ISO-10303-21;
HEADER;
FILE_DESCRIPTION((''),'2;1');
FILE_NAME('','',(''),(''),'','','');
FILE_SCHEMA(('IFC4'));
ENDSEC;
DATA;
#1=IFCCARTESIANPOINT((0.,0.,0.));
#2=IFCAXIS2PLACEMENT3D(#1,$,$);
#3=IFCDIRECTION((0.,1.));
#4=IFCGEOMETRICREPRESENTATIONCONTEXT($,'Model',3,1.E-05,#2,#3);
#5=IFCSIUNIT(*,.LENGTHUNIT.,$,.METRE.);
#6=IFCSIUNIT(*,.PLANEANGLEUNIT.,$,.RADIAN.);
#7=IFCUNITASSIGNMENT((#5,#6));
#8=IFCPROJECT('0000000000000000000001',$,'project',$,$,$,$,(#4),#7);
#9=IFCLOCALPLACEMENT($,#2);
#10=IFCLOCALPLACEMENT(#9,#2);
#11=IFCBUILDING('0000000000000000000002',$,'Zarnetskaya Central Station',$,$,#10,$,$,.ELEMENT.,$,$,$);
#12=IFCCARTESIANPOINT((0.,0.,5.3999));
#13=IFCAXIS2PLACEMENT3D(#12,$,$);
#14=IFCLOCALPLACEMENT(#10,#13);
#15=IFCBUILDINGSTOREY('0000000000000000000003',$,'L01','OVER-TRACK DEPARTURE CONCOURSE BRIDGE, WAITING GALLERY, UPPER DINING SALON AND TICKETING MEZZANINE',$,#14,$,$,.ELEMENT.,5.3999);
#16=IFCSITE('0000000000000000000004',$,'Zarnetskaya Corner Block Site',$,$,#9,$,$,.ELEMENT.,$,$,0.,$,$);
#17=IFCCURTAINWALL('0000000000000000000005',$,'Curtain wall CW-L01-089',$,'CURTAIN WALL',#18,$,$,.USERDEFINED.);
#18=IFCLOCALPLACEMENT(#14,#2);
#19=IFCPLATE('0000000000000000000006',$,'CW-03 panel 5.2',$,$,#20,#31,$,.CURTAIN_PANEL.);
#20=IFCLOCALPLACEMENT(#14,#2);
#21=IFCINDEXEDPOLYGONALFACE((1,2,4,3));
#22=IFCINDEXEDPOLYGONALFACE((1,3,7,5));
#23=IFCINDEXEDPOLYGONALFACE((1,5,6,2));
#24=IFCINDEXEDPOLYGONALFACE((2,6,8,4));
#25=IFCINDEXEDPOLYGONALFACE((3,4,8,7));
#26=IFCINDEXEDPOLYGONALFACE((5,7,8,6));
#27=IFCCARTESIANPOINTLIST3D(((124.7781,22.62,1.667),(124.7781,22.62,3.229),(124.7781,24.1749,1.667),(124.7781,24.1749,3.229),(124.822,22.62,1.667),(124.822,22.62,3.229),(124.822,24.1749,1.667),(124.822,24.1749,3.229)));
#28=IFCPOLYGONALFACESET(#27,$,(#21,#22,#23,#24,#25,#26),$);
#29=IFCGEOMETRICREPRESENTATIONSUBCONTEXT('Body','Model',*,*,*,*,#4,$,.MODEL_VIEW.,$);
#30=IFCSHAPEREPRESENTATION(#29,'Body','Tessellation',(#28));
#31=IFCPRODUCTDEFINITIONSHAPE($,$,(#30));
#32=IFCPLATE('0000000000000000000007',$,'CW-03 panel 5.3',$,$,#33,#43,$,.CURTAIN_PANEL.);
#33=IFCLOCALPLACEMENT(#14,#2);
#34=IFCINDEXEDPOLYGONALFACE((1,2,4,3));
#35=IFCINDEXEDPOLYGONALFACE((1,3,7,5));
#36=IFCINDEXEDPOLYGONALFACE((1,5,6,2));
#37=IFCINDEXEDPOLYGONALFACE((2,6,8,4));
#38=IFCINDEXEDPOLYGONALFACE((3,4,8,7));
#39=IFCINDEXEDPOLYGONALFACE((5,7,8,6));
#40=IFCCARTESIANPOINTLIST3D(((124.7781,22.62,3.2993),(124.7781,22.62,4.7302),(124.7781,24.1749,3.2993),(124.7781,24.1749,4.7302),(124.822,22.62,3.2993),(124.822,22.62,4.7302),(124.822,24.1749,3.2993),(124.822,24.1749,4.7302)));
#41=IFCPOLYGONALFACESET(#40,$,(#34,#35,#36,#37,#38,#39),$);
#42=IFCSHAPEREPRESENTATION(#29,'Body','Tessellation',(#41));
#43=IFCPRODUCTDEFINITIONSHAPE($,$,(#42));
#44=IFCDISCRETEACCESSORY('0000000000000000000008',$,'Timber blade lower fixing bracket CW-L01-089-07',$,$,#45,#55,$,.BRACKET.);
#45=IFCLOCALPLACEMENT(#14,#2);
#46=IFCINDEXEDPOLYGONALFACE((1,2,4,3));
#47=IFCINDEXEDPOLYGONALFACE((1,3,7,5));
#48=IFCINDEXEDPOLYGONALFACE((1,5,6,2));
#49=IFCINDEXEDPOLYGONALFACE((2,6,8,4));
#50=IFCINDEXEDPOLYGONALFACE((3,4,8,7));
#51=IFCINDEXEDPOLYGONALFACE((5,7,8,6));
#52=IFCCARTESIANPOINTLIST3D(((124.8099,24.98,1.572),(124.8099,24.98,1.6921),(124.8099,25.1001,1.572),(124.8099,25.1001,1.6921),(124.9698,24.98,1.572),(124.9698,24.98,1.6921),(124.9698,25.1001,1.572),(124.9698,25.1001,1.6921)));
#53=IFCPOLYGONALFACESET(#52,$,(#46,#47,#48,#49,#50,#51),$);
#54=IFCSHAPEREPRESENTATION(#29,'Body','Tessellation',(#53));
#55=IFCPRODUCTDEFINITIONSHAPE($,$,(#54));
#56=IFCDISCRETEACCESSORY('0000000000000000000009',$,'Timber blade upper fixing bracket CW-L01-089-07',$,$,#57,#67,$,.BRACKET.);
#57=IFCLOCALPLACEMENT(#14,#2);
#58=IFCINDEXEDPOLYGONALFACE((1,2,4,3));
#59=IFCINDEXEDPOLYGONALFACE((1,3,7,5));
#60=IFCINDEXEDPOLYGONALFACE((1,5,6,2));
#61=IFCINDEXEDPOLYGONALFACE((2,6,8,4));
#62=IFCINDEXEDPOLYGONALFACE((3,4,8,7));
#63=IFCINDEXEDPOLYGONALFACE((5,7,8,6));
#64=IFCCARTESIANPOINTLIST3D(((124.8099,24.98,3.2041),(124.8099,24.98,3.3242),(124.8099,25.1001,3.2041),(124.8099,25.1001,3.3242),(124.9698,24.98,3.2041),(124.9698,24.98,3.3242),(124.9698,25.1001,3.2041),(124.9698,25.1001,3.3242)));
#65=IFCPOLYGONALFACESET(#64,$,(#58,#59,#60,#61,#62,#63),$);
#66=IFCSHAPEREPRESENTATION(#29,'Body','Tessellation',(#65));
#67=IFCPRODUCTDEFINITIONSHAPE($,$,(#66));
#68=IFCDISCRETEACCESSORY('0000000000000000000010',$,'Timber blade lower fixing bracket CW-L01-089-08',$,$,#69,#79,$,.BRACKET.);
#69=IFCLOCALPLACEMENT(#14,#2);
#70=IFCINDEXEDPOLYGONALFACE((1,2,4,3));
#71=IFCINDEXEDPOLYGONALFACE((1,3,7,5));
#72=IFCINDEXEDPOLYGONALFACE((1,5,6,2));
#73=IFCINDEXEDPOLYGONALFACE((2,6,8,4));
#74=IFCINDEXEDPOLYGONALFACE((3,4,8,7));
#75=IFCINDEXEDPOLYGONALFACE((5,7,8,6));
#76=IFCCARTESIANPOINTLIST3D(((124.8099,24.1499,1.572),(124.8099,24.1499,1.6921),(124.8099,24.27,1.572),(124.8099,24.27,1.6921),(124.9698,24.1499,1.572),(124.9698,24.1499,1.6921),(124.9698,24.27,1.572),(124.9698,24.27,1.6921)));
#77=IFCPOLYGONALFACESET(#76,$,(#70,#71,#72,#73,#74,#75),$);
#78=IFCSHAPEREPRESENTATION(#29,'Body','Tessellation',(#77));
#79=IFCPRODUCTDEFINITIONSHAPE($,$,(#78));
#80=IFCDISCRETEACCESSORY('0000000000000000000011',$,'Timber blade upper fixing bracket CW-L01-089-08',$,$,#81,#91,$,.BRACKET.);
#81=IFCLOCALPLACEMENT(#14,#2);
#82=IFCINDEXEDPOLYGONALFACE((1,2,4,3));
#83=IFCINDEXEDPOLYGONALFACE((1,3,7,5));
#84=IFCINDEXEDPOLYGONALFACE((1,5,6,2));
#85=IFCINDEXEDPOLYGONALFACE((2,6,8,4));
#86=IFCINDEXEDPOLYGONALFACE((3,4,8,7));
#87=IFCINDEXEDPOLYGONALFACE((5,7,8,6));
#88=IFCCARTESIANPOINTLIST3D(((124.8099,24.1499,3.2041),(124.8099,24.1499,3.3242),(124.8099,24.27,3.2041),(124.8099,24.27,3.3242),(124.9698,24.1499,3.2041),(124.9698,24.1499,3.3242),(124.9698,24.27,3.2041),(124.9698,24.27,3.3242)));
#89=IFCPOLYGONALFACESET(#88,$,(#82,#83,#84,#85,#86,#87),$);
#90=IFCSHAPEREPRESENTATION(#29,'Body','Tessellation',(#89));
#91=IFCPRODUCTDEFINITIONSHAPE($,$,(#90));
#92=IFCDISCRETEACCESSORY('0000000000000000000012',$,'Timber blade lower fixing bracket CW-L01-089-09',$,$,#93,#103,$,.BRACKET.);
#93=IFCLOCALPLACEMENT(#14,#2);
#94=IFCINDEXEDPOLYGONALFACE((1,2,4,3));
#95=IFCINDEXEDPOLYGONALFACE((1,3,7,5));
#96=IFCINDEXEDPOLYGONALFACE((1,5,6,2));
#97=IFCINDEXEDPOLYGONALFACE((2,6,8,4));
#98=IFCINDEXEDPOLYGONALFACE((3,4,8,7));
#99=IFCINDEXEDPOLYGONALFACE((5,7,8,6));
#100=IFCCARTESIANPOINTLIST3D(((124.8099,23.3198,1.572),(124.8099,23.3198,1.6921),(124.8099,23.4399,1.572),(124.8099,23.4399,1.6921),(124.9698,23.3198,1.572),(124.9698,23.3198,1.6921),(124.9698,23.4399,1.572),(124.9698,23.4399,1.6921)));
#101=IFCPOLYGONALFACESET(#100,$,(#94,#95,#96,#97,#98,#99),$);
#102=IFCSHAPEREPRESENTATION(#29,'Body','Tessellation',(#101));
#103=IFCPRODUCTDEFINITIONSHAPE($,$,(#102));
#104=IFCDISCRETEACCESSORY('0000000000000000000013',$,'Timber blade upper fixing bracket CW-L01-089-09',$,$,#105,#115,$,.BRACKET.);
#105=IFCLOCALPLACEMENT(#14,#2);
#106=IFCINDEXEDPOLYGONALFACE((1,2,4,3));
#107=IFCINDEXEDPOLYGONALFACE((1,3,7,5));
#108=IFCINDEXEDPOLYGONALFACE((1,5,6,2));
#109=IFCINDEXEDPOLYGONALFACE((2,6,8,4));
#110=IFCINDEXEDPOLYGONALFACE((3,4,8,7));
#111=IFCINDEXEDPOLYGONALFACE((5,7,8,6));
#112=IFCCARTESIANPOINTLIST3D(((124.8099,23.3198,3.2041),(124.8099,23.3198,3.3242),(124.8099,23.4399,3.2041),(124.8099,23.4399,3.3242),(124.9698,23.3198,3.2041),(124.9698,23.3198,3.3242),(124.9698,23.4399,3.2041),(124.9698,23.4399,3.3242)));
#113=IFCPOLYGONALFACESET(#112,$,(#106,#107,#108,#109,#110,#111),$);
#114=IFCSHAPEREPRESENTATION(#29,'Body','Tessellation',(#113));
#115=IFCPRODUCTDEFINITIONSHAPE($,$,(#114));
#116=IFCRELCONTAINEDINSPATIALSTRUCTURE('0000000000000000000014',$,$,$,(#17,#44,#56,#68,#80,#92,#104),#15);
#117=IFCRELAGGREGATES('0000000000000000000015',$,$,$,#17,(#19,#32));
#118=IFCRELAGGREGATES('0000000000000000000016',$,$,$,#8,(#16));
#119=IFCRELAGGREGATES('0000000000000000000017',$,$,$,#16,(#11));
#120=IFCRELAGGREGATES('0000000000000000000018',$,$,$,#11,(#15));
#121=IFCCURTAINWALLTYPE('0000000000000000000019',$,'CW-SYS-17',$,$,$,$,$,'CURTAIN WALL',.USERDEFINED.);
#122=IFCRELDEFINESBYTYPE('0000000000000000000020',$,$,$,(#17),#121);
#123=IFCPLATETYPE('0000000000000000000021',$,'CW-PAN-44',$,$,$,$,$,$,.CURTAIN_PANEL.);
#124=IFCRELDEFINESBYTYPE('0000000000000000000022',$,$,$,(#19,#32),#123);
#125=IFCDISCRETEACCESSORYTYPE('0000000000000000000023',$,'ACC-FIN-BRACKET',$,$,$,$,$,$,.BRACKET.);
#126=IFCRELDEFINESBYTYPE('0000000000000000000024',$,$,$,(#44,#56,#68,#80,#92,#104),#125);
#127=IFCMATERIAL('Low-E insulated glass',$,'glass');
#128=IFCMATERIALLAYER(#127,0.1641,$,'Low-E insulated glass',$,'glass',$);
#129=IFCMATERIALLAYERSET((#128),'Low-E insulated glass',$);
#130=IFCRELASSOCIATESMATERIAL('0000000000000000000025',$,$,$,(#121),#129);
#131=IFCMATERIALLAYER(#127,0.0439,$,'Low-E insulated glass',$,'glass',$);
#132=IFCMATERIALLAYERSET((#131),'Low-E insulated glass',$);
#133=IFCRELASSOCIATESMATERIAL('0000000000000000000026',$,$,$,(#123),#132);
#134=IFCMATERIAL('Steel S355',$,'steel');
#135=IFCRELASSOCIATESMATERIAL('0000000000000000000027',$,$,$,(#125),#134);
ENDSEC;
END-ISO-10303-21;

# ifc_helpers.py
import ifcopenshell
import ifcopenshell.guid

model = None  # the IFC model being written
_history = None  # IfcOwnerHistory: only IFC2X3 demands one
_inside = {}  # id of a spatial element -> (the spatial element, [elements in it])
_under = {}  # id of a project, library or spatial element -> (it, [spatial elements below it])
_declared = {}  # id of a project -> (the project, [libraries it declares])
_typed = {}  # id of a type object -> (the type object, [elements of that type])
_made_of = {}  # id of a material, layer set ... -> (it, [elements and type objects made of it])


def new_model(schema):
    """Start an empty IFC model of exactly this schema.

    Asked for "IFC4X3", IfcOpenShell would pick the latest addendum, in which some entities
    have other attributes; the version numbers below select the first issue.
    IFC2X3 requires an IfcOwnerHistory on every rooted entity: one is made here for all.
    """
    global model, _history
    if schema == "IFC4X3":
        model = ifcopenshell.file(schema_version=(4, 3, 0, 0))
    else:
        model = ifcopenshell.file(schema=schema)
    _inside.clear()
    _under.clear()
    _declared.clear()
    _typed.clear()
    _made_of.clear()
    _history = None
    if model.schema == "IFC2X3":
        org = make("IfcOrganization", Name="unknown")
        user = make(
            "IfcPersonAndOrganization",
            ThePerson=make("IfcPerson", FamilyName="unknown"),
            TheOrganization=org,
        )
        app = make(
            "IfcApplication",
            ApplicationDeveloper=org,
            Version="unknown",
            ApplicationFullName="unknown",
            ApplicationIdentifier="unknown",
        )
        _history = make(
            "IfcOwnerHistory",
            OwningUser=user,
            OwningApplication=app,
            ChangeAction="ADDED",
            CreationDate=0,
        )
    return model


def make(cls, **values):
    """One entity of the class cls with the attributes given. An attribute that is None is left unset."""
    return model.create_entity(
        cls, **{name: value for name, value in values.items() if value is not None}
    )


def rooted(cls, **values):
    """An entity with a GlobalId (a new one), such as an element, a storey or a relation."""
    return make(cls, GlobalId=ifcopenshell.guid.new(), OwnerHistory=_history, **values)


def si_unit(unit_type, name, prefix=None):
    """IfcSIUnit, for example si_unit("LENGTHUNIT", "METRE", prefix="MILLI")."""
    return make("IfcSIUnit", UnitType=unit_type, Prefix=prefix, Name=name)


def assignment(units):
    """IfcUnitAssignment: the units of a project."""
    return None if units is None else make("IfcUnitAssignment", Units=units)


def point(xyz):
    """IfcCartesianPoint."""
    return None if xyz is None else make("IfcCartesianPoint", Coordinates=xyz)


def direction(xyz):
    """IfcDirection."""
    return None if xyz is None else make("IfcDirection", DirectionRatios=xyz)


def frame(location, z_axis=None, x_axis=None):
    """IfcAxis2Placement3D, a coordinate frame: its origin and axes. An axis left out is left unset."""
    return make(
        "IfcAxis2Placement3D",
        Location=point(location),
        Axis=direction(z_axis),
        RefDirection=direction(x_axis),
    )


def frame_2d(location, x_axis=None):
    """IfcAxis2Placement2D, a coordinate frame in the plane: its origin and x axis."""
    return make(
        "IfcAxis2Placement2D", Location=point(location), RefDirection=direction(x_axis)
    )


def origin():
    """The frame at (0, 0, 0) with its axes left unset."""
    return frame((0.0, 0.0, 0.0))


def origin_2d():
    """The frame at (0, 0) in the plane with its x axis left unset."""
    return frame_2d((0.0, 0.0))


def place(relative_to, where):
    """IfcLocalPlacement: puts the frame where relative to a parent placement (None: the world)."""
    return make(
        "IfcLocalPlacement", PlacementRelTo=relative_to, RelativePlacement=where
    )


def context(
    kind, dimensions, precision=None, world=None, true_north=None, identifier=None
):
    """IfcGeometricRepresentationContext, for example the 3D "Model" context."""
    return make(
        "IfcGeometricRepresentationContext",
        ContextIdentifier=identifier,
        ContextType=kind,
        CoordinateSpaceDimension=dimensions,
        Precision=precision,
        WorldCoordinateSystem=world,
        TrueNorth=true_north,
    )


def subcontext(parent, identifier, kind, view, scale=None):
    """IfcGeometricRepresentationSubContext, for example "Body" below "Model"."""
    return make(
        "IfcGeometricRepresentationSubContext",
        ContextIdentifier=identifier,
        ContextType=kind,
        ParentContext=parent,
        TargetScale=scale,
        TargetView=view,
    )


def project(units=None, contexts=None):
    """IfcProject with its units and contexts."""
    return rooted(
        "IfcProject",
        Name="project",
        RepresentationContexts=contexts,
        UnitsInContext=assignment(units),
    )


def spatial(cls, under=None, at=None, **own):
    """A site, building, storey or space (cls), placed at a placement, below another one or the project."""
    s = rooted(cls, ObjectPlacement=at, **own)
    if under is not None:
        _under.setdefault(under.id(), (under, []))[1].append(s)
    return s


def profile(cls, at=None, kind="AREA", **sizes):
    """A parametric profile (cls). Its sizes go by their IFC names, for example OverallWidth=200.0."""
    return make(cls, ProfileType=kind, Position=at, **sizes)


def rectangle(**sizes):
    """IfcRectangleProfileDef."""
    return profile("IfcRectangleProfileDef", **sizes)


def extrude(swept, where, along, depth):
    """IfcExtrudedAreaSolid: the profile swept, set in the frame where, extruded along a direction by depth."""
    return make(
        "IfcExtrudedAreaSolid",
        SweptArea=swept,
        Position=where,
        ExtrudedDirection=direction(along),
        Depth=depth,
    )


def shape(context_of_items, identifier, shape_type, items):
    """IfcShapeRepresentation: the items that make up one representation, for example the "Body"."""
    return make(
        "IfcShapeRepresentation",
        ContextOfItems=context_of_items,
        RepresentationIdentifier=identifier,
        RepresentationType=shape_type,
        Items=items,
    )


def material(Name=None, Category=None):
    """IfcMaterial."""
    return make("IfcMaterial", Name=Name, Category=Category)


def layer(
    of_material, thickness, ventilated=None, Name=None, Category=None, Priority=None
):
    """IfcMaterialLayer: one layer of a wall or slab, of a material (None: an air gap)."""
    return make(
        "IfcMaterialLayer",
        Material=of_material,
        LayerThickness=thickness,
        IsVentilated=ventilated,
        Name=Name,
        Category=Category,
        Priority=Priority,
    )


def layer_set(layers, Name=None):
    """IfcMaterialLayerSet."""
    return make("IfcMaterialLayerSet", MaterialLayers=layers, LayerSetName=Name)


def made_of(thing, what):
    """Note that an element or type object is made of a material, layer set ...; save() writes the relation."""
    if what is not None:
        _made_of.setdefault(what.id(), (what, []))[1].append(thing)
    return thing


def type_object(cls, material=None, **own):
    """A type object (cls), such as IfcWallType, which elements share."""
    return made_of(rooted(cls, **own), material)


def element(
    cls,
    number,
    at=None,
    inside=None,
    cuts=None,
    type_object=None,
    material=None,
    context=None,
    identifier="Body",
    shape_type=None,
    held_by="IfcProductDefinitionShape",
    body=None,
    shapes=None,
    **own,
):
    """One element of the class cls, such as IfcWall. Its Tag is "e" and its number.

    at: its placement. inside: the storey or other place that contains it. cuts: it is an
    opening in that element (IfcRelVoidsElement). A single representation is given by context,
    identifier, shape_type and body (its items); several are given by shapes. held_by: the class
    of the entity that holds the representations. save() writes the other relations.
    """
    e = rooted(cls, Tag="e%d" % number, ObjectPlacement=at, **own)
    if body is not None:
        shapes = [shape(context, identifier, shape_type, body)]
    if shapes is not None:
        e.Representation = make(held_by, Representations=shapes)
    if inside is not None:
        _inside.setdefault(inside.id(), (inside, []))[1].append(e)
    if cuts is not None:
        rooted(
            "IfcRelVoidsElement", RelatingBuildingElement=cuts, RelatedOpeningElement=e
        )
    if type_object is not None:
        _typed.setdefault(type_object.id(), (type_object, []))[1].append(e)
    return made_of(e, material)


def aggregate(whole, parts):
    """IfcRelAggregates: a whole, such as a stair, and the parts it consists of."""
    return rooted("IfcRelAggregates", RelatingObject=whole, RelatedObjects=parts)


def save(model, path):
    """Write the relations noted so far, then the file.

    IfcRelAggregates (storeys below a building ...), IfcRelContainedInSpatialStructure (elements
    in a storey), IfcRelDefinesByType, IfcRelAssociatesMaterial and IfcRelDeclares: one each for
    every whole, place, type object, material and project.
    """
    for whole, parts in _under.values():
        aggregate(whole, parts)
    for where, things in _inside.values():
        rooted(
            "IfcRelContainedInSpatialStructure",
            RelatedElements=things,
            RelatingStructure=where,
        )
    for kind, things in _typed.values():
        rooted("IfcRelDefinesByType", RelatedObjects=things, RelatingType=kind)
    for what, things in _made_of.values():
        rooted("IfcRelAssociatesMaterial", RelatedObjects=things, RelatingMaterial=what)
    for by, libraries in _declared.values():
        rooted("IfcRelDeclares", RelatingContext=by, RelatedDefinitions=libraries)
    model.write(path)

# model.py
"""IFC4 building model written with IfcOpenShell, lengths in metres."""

from ifc_helpers import new_model, si_unit, direction, frame, origin, origin_2d, place, context, subcontext, project, spatial, rectangle, extrude, material, layer, layer_set, type_object, element, aggregate, save


model = new_model("IFC4")

# Units and contexts
model_context = context("Model", 3, precision=1e-05, world=origin(), true_north=direction((0.0, 1.0)))
body_context = subcontext(model_context, "Body", "Model", "MODEL_VIEW")
ifc_project = project(units=[si_unit("LENGTHUNIT", "METRE"), si_unit("PLANEANGLEUNIT", "RADIAN")], contexts=[model_context])

# Site, building, storey
site_placement = place(None, origin())
site = spatial("IfcSite", under=ifc_project, at=site_placement, Name="Zarnetskaya Corner Block Site", CompositionType="ELEMENT", RefElevation=0.0)
building_placement = place(site_placement, origin())
building = spatial("IfcBuilding", under=site, at=building_placement, Name="Zarnetskaya Central Station", CompositionType="ELEMENT")
storey_placement = place(building_placement, frame((0.0, 0.0, 5.3999)))
storey = spatial("IfcBuildingStorey", under=building, at=storey_placement, Name="L01", Description="OVER-TRACK DEPARTURE CONCOURSE BRIDGE, WAITING GALLERY, UPPER DINING SALON AND TICKETING MEZZANINE", CompositionType="ELEMENT", Elevation=5.3999)

# Shared definitions
ifc_material_1 = material(Name="Steel S355", Category="steel")

# Curtain wall
ifc_material_2 = material(Name="Low-E insulated glass", Category="glass")
ifc_layer_1 = layer(ifc_material_2, 0.1641, Name="Low-E insulated glass", Category="glass")
ifc_layer_set_1 = layer_set([ifc_layer_1], Name="Low-E insulated glass")
curtain_wall_type_1 = type_object("IfcCurtainWallType", Name="CW-SYS-17", ElementType="CURTAIN WALL", PredefinedType="USERDEFINED", material=ifc_layer_set_1)
curtain_wall_1_placement = place(storey_placement, origin())
curtain_wall_1 = element("IfcCurtainWall", 1, at=curtain_wall_1_placement, inside=storey, type_object=curtain_wall_type_1, Name="Curtain wall CW-L01-089", ObjectType="CURTAIN WALL", PredefinedType="USERDEFINED")

# Plates
ifc_layer_2 = layer(ifc_material_2, 0.0439, Name="Low-E insulated glass", Category="glass")
ifc_layer_set_2 = layer_set([ifc_layer_2], Name="Low-E insulated glass")
plate_type_1 = type_object("IfcPlateType", Name="CW-PAN-44", PredefinedType="CURTAIN_PANEL", material=ifc_layer_set_2)
plate_1_placement = place(storey_placement, frame((124.8, 23.3975, 1.667), z_axis=(0.0, 0.0, 1.0), x_axis=(0.0, -1.0, 0.0)))
plate_1 = element("IfcPlate", 2, at=plate_1_placement, type_object=plate_type_1, Name="CW-03 panel 5.2", PredefinedType="CURTAIN_PANEL", context=body_context, shape_type="SweptSolid", body=[
    extrude(rectangle(XDim=1.5549, YDim=0.0439, at=origin_2d()), origin(), (0.0, 0.0, 1.0), 1.562),
])
plate_2_placement = place(storey_placement, frame((124.8, 23.3975, 3.2993), z_axis=(0.0, 0.0, 1.0), x_axis=(0.0, -1.0, 0.0)))
plate_2 = element("IfcPlate", 3, at=plate_2_placement, type_object=plate_type_1, Name="CW-03 panel 5.3", PredefinedType="CURTAIN_PANEL", context=body_context, shape_type="SweptSolid", body=[
    extrude(rectangle(XDim=1.5549, YDim=0.0439, at=origin_2d()), origin(), (0.0, 0.0, 1.0), 1.4309),
])
aggregate(curtain_wall_1, [plate_1, plate_2])

# Discrete accessories
discrete_accessory_type = type_object("IfcDiscreteAccessoryType", Name="ACC-FIN-BRACKET", PredefinedType="BRACKET", material=ifc_material_1)
for number, where, z_axis, x_axis, name in (
    (4, (124.8899, 25.04, 1.572), (0.0, 0.0, 1.0), (0.0, -1.0, 0.0), "Timber blade lower fixing bracket CW-L01-089-07"),
    (5, (124.8899, 25.04, 3.2041), (0.0, 0.0, 1.0), (0.0, -1.0, 0.0), "Timber blade upper fixing bracket CW-L01-089-07"),
    (6, (124.8899, 24.21, 1.572), (0.0, 0.0, 1.0), (0.0, -1.0, 0.0), "Timber blade lower fixing bracket CW-L01-089-08"),
    (7, (124.8899, 24.21, 3.2041), (0.0, 0.0, 1.0), (0.0, -1.0, 0.0), "Timber blade upper fixing bracket CW-L01-089-08"),
    (8, (124.8899, 23.3799, 1.572), (0.0, 0.0, 1.0), (0.0, -1.0, 0.0), "Timber blade lower fixing bracket CW-L01-089-09"),
    (9, (124.8899, 23.3799, 3.2041), (0.0, 0.0, 1.0), (0.0, -1.0, 0.0), "Timber blade upper fixing bracket CW-L01-089-09"),
):
    element("IfcDiscreteAccessory", number, at=place(storey_placement, frame(where, z_axis=z_axis, x_axis=x_axis)), inside=storey, type_object=discrete_accessory_type, Name=name, PredefinedType="BRACKET", context=body_context, shape_type="SweptSolid", body=[
        extrude(rectangle(XDim=0.1201, YDim=0.1599, at=origin_2d()), origin(), (0.0, 0.0, 1.0), 0.1201),
    ])

save(model, "model.ifc")
